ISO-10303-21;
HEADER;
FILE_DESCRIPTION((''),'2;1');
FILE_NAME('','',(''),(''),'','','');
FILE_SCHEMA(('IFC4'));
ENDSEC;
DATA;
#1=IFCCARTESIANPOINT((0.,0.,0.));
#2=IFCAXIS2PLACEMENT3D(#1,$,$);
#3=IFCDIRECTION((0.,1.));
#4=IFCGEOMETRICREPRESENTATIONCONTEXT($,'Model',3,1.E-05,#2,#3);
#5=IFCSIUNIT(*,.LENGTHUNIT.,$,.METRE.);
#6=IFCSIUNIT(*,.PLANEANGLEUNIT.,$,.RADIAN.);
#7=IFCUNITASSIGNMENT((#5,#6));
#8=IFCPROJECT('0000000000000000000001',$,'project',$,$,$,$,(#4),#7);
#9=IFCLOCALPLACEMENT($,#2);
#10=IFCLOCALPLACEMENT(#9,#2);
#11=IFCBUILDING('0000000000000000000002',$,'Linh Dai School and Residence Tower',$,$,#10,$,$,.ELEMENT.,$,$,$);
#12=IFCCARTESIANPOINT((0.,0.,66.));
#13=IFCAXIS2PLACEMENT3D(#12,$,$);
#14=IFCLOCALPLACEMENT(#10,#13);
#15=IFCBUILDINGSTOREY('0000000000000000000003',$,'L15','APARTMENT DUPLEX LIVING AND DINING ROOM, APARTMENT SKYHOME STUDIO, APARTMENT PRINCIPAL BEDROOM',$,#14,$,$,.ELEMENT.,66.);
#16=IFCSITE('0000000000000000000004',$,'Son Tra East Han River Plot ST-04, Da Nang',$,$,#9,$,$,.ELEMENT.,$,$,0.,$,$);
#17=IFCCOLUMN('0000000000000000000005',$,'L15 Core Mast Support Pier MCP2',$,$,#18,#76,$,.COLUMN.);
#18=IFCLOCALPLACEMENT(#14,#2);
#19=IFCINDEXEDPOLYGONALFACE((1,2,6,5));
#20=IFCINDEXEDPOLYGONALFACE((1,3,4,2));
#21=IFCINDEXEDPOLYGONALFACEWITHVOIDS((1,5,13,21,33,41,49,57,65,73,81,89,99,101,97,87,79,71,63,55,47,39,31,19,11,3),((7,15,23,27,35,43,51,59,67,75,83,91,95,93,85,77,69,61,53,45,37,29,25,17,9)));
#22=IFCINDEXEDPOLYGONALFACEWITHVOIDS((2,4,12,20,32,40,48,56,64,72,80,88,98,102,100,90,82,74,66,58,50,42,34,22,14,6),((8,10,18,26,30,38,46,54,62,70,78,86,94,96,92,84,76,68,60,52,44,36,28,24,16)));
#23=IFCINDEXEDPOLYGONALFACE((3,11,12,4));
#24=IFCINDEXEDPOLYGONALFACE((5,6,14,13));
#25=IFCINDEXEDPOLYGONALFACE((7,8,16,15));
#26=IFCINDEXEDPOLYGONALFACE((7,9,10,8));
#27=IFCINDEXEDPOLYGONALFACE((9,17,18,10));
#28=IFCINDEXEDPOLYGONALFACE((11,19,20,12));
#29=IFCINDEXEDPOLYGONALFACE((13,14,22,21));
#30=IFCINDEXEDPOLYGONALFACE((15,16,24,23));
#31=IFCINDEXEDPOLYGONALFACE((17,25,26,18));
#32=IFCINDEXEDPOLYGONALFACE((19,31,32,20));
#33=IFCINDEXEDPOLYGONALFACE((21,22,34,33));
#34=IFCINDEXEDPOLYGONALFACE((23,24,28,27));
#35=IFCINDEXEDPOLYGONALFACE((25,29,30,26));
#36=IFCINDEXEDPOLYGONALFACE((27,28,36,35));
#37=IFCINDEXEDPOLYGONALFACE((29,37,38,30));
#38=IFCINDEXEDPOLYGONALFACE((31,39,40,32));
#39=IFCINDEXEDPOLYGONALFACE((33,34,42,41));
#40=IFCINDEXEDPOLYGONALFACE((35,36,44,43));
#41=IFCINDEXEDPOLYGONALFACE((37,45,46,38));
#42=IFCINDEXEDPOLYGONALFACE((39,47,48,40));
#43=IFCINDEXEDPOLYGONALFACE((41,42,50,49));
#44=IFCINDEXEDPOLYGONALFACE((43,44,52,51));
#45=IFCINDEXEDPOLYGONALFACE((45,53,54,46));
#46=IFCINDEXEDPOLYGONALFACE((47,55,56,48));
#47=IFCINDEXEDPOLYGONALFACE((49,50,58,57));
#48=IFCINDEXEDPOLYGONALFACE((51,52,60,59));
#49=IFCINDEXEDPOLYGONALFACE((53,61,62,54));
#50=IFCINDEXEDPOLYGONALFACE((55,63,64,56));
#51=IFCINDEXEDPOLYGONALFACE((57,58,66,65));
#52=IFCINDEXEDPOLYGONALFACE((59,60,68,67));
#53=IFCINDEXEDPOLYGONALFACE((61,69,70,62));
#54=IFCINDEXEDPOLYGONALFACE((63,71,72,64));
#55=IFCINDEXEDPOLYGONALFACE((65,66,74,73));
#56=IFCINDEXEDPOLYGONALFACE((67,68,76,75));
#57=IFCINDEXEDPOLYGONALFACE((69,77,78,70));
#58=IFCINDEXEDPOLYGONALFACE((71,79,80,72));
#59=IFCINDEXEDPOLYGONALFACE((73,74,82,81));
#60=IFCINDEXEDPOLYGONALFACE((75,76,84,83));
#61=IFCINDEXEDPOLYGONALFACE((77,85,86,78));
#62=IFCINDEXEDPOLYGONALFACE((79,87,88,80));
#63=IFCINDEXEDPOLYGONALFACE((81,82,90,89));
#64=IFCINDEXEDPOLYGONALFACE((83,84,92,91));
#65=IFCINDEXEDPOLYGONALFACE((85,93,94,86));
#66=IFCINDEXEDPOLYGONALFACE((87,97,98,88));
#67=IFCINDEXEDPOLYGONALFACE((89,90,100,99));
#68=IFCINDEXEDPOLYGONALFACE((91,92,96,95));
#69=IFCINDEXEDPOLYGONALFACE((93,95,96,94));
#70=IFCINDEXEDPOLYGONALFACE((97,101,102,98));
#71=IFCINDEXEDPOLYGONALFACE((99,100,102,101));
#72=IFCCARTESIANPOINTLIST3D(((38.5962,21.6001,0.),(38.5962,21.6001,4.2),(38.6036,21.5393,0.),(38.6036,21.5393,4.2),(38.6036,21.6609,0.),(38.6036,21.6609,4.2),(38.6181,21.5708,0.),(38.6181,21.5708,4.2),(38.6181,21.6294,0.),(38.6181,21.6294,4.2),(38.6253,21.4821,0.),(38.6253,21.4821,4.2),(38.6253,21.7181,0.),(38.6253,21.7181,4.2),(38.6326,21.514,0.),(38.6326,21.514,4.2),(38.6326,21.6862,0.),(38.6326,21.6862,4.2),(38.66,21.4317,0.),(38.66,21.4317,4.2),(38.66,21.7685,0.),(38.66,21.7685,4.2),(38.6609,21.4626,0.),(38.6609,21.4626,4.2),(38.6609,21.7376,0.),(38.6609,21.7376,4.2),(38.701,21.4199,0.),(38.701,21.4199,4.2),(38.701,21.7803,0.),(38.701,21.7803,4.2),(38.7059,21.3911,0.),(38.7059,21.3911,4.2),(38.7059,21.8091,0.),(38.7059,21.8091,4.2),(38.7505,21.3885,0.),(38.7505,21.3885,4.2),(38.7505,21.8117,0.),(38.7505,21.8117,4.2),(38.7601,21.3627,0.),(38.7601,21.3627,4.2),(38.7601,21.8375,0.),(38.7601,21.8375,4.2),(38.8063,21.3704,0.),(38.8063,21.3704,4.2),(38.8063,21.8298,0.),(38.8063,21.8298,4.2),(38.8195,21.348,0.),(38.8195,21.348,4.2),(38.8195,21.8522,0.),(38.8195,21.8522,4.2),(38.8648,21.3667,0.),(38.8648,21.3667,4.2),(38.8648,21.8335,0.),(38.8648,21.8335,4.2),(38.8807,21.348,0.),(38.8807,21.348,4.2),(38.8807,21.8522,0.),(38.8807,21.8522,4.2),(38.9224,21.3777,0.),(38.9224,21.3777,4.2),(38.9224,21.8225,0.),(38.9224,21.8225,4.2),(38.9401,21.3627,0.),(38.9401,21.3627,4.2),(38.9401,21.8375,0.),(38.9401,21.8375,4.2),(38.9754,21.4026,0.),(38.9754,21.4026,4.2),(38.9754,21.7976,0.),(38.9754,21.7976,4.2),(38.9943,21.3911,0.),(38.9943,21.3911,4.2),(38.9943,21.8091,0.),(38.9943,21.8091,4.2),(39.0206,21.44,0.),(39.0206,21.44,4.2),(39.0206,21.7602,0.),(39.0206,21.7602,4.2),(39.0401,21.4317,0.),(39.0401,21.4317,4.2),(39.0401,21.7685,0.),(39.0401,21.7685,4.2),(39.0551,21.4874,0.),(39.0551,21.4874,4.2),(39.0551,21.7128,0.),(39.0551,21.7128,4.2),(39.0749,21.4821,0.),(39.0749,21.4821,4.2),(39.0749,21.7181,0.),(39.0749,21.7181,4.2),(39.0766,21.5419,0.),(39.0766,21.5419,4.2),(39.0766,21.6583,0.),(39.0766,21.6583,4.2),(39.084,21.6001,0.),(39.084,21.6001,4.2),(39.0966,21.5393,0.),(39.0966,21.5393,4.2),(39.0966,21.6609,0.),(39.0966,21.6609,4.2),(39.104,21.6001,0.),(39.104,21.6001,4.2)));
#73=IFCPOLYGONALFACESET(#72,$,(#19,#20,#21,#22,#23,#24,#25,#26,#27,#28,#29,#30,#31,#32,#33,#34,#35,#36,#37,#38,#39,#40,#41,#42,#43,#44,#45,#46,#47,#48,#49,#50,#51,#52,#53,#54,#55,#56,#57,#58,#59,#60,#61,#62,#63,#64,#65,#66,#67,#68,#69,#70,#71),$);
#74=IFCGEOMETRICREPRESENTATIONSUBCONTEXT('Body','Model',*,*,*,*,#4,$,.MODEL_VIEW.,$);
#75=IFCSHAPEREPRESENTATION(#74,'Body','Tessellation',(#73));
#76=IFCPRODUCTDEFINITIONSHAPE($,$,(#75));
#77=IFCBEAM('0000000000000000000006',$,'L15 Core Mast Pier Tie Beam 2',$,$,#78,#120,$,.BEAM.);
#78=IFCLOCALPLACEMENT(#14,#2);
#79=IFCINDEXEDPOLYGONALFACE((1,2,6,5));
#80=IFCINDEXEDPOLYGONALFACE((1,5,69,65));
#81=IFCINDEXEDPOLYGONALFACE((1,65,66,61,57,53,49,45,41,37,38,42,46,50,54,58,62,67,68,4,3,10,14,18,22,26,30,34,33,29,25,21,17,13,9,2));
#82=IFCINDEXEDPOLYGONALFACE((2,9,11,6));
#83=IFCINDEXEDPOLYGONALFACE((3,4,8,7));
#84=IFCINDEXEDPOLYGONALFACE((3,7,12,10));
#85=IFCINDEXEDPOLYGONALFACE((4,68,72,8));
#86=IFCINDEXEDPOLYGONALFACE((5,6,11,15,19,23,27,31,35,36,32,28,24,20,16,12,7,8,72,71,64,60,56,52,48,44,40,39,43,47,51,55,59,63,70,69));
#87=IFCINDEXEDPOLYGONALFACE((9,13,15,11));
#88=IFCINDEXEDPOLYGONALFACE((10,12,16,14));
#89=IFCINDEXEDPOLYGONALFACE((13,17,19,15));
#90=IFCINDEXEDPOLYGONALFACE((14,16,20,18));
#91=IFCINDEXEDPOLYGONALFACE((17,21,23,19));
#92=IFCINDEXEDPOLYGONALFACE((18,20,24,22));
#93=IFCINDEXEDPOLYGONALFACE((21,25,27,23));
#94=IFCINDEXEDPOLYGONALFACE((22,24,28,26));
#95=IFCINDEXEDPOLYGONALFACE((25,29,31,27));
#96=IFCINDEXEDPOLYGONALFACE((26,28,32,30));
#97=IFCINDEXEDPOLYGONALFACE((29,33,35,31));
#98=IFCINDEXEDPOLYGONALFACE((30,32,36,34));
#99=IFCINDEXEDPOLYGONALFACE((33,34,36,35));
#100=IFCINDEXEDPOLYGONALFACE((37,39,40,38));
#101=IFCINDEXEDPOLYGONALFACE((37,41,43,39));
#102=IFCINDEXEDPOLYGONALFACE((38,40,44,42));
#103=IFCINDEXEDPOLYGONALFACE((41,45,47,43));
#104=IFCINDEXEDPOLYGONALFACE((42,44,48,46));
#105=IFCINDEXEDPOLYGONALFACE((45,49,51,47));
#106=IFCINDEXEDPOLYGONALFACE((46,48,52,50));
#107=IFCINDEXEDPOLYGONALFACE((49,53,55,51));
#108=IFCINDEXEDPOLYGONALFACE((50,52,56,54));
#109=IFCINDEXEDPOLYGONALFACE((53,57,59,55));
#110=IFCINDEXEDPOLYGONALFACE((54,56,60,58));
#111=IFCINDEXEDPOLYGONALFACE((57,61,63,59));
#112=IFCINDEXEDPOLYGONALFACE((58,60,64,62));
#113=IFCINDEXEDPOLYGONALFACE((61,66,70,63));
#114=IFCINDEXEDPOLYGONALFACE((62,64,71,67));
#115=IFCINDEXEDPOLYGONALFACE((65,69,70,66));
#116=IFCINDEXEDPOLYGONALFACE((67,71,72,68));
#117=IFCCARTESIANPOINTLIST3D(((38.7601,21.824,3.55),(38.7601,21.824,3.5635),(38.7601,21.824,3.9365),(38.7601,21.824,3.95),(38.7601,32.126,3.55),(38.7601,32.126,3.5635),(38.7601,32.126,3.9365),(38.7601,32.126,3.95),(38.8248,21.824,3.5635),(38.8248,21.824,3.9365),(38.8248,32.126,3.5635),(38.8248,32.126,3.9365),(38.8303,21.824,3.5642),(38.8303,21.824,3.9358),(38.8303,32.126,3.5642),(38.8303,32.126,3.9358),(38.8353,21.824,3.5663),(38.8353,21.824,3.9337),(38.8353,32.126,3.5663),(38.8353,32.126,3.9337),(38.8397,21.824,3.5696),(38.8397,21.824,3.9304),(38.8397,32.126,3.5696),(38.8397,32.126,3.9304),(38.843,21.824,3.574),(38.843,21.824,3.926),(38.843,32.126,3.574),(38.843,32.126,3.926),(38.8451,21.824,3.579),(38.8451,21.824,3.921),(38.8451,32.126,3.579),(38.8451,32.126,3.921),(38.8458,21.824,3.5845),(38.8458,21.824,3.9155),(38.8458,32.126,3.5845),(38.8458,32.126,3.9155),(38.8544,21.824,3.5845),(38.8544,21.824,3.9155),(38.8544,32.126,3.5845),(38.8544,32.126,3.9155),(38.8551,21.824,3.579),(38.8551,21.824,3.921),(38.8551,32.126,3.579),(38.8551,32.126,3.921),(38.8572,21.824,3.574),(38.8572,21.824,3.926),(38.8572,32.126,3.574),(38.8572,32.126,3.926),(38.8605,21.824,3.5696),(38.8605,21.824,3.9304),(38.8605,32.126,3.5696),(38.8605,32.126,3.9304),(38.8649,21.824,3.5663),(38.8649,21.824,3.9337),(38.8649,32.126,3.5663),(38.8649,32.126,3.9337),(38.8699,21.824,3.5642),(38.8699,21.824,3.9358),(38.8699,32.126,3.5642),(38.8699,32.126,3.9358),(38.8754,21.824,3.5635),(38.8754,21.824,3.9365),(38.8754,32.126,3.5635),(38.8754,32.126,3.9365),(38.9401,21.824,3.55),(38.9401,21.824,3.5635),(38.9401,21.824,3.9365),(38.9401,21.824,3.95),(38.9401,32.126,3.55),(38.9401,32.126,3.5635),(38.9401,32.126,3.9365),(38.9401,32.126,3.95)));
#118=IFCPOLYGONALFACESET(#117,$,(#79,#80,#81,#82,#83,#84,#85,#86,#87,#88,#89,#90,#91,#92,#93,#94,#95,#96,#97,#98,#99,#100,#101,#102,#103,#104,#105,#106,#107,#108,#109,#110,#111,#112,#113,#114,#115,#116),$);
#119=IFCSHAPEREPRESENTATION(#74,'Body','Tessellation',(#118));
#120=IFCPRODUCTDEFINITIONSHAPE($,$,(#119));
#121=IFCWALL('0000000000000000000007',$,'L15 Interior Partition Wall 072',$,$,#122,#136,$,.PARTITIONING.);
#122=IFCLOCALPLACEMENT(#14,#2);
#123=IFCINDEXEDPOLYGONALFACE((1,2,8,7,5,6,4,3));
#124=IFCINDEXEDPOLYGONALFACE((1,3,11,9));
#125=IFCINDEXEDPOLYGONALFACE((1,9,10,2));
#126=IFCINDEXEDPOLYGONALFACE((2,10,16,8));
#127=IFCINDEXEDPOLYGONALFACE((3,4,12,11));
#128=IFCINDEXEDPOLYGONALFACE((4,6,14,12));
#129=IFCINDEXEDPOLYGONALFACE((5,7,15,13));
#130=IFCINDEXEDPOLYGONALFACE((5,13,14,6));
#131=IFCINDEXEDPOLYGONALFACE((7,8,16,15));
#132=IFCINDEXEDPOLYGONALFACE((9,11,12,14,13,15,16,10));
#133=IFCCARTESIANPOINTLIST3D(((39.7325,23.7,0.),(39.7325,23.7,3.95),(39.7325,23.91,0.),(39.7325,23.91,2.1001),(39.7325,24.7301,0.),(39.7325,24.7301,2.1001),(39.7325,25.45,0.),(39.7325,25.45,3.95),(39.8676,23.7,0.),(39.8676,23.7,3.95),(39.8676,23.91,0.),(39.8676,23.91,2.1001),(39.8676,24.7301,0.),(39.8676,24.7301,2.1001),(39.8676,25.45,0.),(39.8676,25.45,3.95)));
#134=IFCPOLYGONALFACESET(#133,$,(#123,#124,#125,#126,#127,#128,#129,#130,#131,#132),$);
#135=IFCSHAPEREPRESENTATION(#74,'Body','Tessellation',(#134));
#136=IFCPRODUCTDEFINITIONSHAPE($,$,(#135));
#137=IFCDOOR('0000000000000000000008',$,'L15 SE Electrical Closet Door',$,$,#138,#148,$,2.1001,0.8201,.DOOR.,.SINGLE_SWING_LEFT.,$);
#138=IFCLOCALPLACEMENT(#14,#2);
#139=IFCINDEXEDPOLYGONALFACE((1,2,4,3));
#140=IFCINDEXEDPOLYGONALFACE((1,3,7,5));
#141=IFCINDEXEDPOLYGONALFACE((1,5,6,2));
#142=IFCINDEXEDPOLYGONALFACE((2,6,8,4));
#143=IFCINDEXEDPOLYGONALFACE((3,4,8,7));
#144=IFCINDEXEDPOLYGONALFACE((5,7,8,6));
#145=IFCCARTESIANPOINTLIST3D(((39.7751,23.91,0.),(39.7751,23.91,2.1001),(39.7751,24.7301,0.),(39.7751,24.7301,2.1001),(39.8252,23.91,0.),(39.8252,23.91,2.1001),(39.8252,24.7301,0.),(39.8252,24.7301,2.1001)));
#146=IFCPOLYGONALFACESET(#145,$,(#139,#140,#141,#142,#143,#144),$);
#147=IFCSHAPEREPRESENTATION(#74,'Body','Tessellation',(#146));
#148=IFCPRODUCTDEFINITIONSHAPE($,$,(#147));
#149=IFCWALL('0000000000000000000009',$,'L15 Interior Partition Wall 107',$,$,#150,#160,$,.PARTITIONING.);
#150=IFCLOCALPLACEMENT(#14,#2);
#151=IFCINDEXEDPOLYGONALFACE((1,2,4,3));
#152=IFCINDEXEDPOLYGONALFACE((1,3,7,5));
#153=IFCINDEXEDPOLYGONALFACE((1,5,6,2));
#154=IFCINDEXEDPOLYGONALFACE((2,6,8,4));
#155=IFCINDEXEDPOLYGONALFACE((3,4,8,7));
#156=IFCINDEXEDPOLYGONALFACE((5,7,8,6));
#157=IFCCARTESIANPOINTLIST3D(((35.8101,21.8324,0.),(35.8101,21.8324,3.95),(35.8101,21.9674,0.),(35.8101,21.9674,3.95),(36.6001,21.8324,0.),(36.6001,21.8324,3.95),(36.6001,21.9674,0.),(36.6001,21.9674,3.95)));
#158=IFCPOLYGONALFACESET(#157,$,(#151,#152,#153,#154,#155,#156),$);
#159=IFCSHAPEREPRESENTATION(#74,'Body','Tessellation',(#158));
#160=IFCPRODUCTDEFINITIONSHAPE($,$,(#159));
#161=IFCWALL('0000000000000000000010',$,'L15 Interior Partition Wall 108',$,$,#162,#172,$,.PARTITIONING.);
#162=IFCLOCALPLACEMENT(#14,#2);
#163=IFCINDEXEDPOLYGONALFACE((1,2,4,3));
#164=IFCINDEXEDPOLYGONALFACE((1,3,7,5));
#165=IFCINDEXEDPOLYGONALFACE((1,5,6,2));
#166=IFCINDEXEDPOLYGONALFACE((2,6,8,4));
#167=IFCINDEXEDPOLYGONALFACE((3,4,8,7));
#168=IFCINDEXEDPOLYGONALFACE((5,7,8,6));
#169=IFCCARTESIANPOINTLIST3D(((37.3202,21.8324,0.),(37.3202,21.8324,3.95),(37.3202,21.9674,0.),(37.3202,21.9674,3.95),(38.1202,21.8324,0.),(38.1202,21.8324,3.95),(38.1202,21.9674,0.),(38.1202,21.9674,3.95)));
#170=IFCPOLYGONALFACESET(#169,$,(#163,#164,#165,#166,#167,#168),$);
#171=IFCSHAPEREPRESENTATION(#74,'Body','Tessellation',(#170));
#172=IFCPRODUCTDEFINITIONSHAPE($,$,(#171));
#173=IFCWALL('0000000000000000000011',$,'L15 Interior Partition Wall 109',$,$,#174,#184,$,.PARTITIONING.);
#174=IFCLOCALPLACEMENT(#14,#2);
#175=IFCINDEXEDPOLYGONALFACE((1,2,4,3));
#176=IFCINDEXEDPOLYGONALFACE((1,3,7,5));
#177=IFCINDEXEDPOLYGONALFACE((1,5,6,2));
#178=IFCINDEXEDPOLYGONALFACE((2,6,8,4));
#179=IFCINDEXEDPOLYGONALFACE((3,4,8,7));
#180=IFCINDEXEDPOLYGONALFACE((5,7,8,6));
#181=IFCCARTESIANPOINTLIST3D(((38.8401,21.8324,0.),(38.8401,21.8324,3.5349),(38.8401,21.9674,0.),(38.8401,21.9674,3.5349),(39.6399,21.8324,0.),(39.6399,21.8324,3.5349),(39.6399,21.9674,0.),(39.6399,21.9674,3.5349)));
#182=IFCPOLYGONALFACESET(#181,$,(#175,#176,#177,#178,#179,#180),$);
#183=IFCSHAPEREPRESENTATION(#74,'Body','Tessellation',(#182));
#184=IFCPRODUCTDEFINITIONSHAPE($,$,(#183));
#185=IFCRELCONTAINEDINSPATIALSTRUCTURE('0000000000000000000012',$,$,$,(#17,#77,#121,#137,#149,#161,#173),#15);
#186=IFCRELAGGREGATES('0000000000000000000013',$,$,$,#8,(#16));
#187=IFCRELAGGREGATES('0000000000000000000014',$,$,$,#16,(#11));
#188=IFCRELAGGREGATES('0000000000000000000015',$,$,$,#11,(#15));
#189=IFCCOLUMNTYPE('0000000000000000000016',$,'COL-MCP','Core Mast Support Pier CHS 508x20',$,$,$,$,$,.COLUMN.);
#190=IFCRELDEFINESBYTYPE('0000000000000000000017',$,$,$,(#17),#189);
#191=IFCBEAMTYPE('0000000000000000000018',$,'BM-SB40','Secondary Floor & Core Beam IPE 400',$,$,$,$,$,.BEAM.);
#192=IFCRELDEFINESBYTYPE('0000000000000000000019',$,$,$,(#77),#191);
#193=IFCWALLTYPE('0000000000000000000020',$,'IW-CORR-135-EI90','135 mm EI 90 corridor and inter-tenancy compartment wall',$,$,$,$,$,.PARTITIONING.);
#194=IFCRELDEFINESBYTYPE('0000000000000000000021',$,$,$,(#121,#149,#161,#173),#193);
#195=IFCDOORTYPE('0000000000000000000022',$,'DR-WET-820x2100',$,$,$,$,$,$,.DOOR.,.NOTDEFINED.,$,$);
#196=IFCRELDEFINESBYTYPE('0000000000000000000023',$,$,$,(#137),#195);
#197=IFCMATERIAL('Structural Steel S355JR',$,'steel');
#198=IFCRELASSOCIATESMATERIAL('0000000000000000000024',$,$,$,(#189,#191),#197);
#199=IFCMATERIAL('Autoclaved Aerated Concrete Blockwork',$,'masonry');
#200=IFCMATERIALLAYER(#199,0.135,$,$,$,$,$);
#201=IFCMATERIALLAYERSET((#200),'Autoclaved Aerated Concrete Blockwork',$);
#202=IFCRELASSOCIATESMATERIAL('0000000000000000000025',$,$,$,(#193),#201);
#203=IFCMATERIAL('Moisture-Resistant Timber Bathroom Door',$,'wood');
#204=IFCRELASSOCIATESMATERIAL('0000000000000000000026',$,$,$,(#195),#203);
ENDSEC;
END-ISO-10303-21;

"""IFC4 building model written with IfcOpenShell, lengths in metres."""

from ifc_helpers import new_model, si_unit, direction, frame, frame_2d, origin, origin_2d, place, context, subcontext, project, spatial, rectangle, hollow_circle, i_section, extrude, source, transform, mapped, material, layer, layer_set, material_profile, profile_set, type_object, element, fill, save


model = new_model("IFC4")

# Units and contexts
model_context = context("Model", 3, precision=1e-05, world=origin(), true_north=direction((0.0, 1.0)))
body_context = subcontext(model_context, "Body", "Model", "MODEL_VIEW")
ifc_project = project(units=[si_unit("LENGTHUNIT", "METRE"), si_unit("PLANEANGLEUNIT", "RADIAN")], contexts=[model_context])

# Site, building, storey
site_placement = place(None, origin())
site = spatial("IfcSite", under=ifc_project, at=site_placement, Name="Son Tra East Han River Plot ST-04, Da Nang", CompositionType="ELEMENT", RefElevation=0.0)
building_placement = place(site_placement, origin())
building = spatial("IfcBuilding", under=site, at=building_placement, Name="Linh Dai School and Residence Tower", CompositionType="ELEMENT")
storey_placement = place(building_placement, frame((0.0, 0.0, 66.0)))
storey = spatial("IfcBuildingStorey", under=building, at=storey_placement, Name="L15", Description="APARTMENT DUPLEX LIVING AND DINING ROOM, APARTMENT SKYHOME STUDIO, APARTMENT PRINCIPAL BEDROOM", CompositionType="ELEMENT", Elevation=66.0)

# Column
ifc_material_1 = material(Name="Structural Steel S355JR", Category="steel")
ifc_material_profile_1 = material_profile(ifc_material_1, hollow_circle(Radius=0.2539, WallThickness=0.02, at=origin_2d()), Name="CHS 508x20")
ifc_profile_set_1 = profile_set([ifc_material_profile_1], Name="Structural Steel S355JR")
column_type_1 = type_object("IfcColumnType", Name="COL-MCP", Description="Core Mast Support Pier CHS 508x20", PredefinedType="COLUMN", material=ifc_profile_set_1)
column_placement = place(storey_placement, frame((38.8501, 21.6001, 0.0), z_axis=(0.0, 0.0, 1.0), x_axis=(1.0, 0.0, 0.0)))
element("IfcColumn", 1, at=column_placement, inside=storey, type_object=column_type_1, Name="L15 Core Mast Support Pier MCP2", PredefinedType="COLUMN", context=body_context, shape_type="SweptSolid", body=[
    extrude(hollow_circle(Radius=0.2539, WallThickness=0.02, at=origin_2d()), origin(), (0.0, 0.0, 1.0), 4.2),
])

# Beam
ifc_material_profile_2 = material_profile(ifc_material_1, i_section(OverallWidth=0.1799, OverallDepth=0.3999, WebThickness=0.0085, FlangeThickness=0.0134, FilletRadius=0.021, at=origin_2d()), Name="IPE 400")
ifc_profile_set_2 = profile_set([ifc_material_profile_2], Name="Structural Steel S355JR")
beam_type = type_object("IfcBeamType", Name="BM-SB40", Description="Secondary Floor & Core Beam IPE 400", PredefinedType="BEAM", material=ifc_profile_set_2)
beam_placement = place(storey_placement, frame((38.8501, 21.824, 3.75), z_axis=(0.0, 1.0, 0.0), x_axis=(-1.0, 0.0, 0.0)))
element("IfcBeam", 2, at=beam_placement, inside=storey, type_object=beam_type, Name="L15 Core Mast Pier Tie Beam 2", PredefinedType="BEAM", context=body_context, shape_type="SweptSolid", body=[
    extrude(i_section(OverallWidth=0.1799, OverallDepth=0.3999, WebThickness=0.0085, FlangeThickness=0.0134, FilletRadius=0.021, at=origin_2d()), origin(), (0.0, 0.0, 1.0), 10.302),
])

# Wall, opening, door
ifc_material_2 = material(Name="Autoclaved Aerated Concrete Blockwork", Category="masonry")
ifc_layer_1 = layer(ifc_material_2, 0.135)
ifc_layer_set_1 = layer_set([ifc_layer_1], Name="Autoclaved Aerated Concrete Blockwork")
wall_type_1 = type_object("IfcWallType", Name="IW-CORR-135-EI90", Description="135 mm EI 90 corridor and inter-tenancy compartment wall", PredefinedType="PARTITIONING", material=ifc_layer_set_1)
wall_1_placement = place(storey_placement, frame((39.8, 23.7, 0.0), z_axis=(0.0, 0.0, 1.0), x_axis=(0.0, 1.0, 0.0)))
wall_1 = element("IfcWall", 3, at=wall_1_placement, inside=storey, type_object=wall_type_1, Name="L15 Interior Partition Wall 072", PredefinedType="PARTITIONING", context=body_context, shape_type="SweptSolid", body=[
    extrude(rectangle(XDim=1.75, YDim=0.135, at=frame_2d((0.875, 0.0))), origin(), (0.0, 0.0, 1.0), 3.95),
])
opening_1_placement = place(wall_1_placement, frame((0.21, 0.0, 0.0)))
opening_1 = element("IfcOpeningElement", 4, at=opening_1_placement, cuts=wall_1, PredefinedType="OPENING", context=body_context, shape_type="SweptSolid", body=[
    extrude(rectangle(XDim=0.8201, YDim=2.1001, at=origin_2d()), frame((0.4102, 0.0776, 1.05), z_axis=(0.0, -1.0, 0.0), x_axis=(1.0, 0.0, 0.0)), (0.0, 0.0, 1.0), 0.155),
])
ifc_material_3 = material(Name="Moisture-Resistant Timber Bathroom Door", Category="wood")
door_type_1 = type_object("IfcDoorType", Name="DR-WET-820x2100", OperationType="NOTDEFINED", PredefinedType="DOOR", material=ifc_material_3)
shared_shape_1 = source(origin(), body_context, "Body", "SweptSolid", [
    extrude(rectangle(XDim=0.8201, YDim=2.1001, at=origin_2d()), frame((0.4102, 0.0249, 1.05), z_axis=(0.0, -1.0, 0.0), x_axis=(1.0, 0.0, 0.0)), (0.0, 0.0, 1.0), 0.05),
])
door_1_placement = place(opening_1_placement, origin())
door_1 = element("IfcDoor", 5, at=door_1_placement, inside=storey, type_object=door_type_1, Name="L15 SE Electrical Closet Door", OperationType="SINGLE_SWING_LEFT", OverallHeight=2.1001, OverallWidth=0.8201, PredefinedType="DOOR", context=body_context, shape_type="MappedRepresentation", body=[
    mapped(shared_shape_1, transform((0.0, 0.0, 0.0), x_axis=(1.0, 0.0, 0.0), y_axis=(0.0, 1.0, 0.0), z_axis=(0.0, 0.0, 1.0), scale=1.0)),
])
fill(opening_1, door_1)

# Walls
wall_2_placement = place(storey_placement, frame((36.6001, 21.8999, 0.0), z_axis=(0.0, 0.0, 1.0), x_axis=(-1.0, 0.0, 0.0)))
element("IfcWall", 6, at=wall_2_placement, inside=storey, type_object=wall_type_1, Name="L15 Interior Partition Wall 107", PredefinedType="PARTITIONING", context=body_context, shape_type="SweptSolid", body=[
    extrude(rectangle(XDim=0.79, YDim=0.135, at=frame_2d((0.395, 0.0))), origin(), (0.0, 0.0, 1.0), 3.95),
])
wall_3_placement = place(storey_placement, frame((38.1201, 21.8999, 0.0), z_axis=(0.0, 0.0, 1.0), x_axis=(-1.0, 0.0, 0.0)))
element("IfcWall", 7, at=wall_3_placement, inside=storey, type_object=wall_type_1, Name="L15 Interior Partition Wall 108", PredefinedType="PARTITIONING", context=body_context, shape_type="SweptSolid", body=[
    extrude(rectangle(XDim=0.8, YDim=0.135, at=frame_2d((0.3999, 0.0))), origin(), (0.0, 0.0, 1.0), 3.95),
])
wall_4_placement = place(storey_placement, frame((39.6399, 21.8999, 0.0), z_axis=(0.0, 0.0, 1.0), x_axis=(-1.0, 0.0, 0.0)))
element("IfcWall", 8, at=wall_4_placement, inside=storey, type_object=wall_type_1, Name="L15 Interior Partition Wall 109", PredefinedType="PARTITIONING", context=body_context, shape_type="SweptSolid", body=[
    extrude(rectangle(XDim=0.7998, YDim=0.135, at=frame_2d((0.3999, 0.0))), origin(), (0.0, 0.0, 1.0), 3.5349),
])

save(model, "model.ifc")
